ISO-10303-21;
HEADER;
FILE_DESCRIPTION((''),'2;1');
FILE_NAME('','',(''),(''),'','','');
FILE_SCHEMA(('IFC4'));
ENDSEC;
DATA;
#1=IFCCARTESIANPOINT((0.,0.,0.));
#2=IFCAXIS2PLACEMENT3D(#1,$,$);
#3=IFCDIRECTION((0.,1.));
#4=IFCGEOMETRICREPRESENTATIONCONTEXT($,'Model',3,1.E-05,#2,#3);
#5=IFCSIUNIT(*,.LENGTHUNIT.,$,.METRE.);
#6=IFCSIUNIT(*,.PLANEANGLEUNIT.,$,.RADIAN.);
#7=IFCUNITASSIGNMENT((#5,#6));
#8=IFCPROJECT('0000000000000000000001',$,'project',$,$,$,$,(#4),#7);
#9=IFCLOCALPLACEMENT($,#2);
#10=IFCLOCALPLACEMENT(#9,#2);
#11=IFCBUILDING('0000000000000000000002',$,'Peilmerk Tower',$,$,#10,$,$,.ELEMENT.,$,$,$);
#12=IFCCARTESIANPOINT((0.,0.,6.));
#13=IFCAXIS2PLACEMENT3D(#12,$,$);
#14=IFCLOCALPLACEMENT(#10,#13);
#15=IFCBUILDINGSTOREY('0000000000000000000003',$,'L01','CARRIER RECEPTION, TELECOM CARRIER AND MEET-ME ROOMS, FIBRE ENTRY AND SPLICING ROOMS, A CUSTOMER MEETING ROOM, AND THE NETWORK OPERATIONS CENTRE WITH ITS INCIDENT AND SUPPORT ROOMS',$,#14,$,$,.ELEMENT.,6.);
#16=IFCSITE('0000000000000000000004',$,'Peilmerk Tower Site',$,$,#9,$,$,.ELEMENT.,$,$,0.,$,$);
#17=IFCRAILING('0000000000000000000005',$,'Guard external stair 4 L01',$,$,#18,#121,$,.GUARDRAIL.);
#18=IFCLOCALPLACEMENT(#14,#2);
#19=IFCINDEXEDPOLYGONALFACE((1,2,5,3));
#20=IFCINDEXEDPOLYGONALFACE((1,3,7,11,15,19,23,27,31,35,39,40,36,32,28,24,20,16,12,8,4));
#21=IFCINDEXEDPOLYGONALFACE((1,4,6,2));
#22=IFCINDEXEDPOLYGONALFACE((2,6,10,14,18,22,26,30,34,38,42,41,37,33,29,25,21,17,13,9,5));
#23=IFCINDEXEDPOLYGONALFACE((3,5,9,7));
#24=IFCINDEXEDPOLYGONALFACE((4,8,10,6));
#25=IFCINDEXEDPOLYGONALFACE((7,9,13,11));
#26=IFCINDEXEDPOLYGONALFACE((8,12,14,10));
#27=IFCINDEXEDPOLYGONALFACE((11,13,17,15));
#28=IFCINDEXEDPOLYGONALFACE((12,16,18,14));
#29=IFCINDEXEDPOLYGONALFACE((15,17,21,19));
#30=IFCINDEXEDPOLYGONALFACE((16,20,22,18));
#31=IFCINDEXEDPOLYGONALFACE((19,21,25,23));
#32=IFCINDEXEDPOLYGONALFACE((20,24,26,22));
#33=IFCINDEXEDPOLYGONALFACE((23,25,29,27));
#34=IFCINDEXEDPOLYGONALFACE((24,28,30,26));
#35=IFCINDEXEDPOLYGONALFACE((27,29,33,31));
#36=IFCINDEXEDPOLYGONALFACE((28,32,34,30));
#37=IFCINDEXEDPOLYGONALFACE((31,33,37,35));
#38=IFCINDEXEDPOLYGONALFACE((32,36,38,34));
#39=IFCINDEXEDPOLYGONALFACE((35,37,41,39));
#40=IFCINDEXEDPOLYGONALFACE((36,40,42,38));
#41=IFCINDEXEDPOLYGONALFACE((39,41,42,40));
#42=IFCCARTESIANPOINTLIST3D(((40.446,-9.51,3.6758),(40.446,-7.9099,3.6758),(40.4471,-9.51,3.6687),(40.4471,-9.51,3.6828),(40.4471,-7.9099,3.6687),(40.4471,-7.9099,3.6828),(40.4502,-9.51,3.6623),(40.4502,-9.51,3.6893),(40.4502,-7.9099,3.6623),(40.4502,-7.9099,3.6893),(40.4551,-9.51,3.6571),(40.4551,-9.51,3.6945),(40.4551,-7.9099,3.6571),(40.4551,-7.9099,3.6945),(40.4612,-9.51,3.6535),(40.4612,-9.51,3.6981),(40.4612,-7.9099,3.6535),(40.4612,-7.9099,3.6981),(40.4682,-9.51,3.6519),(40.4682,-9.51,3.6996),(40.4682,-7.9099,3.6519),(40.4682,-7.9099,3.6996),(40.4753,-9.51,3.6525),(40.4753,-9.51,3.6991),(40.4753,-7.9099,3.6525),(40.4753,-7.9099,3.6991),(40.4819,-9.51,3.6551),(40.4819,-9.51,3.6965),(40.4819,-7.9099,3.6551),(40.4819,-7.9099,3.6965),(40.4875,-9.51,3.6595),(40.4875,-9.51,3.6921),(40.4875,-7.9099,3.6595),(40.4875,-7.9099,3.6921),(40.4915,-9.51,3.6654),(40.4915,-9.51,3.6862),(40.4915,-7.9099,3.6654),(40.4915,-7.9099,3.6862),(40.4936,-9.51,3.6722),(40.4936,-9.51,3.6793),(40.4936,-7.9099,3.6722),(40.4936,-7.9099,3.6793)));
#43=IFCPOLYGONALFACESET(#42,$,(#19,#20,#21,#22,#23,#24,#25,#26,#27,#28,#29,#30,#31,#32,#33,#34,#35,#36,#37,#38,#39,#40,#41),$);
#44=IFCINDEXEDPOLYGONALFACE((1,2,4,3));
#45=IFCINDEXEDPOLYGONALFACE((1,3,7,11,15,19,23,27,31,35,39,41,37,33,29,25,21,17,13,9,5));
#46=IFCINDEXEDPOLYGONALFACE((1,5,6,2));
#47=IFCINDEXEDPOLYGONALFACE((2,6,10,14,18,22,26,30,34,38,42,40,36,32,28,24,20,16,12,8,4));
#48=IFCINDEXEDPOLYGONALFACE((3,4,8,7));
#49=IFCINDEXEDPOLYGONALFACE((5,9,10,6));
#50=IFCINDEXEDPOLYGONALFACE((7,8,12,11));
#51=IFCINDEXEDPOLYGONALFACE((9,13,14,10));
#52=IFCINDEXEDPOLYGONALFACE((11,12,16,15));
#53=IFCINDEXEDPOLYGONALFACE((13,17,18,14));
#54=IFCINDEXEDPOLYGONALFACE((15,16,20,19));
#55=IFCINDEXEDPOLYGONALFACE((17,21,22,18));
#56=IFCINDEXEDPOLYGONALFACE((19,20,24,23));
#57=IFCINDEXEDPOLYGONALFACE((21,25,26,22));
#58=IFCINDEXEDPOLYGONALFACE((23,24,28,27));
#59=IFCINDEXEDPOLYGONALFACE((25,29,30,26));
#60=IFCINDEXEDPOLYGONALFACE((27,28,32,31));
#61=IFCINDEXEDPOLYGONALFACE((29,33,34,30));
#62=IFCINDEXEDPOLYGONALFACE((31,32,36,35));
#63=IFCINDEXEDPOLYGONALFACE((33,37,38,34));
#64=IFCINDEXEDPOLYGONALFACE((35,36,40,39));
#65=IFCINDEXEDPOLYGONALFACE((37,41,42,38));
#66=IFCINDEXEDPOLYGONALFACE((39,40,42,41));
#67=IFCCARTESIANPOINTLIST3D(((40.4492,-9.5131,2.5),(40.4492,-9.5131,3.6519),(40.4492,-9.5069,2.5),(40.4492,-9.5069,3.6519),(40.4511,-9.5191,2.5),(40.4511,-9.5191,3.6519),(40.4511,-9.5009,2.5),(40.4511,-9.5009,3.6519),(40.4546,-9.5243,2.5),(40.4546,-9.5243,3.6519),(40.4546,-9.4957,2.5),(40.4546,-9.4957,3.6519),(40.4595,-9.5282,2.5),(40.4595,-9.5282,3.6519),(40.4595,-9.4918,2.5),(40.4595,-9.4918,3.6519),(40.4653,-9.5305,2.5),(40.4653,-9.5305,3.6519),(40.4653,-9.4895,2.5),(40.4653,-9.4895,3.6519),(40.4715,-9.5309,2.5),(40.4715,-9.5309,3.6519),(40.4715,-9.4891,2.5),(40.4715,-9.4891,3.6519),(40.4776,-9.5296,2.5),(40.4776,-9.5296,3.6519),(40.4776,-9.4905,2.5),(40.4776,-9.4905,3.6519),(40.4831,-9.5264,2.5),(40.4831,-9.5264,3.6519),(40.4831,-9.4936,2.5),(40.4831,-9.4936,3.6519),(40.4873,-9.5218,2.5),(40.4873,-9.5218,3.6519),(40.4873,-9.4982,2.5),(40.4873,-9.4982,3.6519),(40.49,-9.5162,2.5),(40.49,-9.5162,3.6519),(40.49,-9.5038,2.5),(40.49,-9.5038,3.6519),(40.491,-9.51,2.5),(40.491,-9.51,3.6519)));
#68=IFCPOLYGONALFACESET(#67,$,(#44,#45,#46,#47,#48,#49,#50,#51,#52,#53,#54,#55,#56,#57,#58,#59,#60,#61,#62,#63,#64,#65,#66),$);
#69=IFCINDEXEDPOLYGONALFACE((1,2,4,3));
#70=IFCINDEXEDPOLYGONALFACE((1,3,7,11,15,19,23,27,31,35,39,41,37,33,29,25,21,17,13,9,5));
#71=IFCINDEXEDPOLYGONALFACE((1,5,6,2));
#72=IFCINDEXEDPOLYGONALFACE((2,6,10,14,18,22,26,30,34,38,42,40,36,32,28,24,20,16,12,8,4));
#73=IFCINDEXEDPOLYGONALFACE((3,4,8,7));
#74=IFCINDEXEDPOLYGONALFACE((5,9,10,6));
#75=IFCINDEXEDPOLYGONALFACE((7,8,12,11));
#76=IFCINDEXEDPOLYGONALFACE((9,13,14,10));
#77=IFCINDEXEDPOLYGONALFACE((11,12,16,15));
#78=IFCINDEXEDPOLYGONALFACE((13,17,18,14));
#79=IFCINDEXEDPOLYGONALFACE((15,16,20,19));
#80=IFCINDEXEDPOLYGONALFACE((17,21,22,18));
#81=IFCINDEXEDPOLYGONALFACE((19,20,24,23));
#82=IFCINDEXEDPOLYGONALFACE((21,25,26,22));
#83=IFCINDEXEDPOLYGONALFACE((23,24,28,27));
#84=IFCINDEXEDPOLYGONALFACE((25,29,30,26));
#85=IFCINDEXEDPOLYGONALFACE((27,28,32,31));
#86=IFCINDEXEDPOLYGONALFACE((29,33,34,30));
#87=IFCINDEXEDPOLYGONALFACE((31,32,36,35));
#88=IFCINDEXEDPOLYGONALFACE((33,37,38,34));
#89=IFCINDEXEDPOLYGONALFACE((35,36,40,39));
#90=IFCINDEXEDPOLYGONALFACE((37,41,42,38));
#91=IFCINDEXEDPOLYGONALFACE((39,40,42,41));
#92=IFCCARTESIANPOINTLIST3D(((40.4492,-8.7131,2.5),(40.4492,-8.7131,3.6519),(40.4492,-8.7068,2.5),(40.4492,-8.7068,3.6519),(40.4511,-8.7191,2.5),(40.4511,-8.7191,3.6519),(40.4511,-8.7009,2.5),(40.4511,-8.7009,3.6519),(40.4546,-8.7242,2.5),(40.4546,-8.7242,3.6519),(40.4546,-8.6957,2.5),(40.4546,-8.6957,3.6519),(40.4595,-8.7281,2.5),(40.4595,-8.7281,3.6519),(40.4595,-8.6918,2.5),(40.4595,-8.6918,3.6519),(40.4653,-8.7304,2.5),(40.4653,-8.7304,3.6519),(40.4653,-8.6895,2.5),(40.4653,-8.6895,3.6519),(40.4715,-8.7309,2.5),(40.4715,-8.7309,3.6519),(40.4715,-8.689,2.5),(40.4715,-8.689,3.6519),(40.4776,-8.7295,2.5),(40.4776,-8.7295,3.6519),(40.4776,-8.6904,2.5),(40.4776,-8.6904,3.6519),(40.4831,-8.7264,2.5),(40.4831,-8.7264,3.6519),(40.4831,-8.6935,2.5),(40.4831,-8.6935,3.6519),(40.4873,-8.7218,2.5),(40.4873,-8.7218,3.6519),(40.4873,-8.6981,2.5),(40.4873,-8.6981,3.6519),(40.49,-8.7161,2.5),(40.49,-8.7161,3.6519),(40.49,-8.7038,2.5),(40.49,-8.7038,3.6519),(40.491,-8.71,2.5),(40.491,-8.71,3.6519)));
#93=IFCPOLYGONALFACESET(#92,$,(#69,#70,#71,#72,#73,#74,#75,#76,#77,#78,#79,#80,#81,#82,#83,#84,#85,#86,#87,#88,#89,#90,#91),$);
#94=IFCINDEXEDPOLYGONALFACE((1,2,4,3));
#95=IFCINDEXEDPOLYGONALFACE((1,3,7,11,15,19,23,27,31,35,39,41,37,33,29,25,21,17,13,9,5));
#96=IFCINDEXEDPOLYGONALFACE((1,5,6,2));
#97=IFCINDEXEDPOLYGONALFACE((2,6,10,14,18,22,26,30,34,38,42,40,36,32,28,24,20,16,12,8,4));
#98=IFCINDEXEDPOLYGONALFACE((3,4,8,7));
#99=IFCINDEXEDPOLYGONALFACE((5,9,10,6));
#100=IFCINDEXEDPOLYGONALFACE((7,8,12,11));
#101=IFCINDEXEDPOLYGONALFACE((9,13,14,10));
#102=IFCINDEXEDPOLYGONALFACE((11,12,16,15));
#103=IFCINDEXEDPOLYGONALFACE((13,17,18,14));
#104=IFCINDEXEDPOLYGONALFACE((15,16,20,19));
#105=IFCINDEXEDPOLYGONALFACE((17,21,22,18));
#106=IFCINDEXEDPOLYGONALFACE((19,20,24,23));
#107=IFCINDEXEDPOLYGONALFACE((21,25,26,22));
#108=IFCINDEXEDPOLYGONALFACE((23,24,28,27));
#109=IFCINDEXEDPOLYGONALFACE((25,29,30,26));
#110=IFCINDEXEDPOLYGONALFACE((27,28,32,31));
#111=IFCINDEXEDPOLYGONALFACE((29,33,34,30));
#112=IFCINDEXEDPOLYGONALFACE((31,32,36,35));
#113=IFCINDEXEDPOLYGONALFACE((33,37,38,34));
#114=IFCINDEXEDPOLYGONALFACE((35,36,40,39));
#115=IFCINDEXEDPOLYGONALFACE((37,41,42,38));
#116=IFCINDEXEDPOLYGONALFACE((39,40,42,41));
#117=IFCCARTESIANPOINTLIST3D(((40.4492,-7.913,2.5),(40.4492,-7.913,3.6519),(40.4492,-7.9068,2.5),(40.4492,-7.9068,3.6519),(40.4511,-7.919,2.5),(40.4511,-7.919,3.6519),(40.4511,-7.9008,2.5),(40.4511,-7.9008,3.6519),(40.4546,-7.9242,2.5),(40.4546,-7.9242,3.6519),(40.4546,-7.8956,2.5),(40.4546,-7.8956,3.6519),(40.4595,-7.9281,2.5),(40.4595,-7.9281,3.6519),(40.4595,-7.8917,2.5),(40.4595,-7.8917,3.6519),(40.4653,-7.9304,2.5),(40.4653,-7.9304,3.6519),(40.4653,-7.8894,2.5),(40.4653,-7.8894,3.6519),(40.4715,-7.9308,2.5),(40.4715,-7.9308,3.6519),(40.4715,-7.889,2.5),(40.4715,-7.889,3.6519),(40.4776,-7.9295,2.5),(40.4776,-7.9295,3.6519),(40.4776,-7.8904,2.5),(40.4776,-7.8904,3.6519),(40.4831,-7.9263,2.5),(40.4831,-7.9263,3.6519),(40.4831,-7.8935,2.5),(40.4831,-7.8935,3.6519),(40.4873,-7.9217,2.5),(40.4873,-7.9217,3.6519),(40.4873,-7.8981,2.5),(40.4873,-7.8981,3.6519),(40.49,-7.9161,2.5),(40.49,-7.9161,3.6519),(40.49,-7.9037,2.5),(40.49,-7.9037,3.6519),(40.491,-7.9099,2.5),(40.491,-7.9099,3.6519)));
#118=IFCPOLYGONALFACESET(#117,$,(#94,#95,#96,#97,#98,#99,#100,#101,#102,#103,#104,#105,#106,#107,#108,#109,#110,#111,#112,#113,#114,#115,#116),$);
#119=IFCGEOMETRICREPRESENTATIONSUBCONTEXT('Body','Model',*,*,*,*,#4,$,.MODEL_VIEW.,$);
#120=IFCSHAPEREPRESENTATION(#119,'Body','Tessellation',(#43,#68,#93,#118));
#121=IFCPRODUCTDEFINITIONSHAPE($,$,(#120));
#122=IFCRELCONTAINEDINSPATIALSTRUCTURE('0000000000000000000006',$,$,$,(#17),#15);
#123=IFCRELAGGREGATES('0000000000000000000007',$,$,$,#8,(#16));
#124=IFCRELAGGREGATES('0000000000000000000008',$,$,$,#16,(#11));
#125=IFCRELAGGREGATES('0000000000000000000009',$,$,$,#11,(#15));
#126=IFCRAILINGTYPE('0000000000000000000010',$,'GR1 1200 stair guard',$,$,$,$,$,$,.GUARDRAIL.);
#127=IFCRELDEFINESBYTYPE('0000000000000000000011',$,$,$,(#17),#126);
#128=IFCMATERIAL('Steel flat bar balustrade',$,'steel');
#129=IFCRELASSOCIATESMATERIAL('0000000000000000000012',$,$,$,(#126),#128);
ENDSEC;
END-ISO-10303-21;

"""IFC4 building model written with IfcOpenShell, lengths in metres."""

from ifc_helpers import new_model, si_unit, direction, frame, origin, origin_2d, place, context, subcontext, project, spatial, circle, extrude, material, type_object, element, save


model = new_model("IFC4")

# Units and contexts
model_context = context("Model", 3, precision=1e-05, world=origin(), true_north=direction((0.0, 1.0)))
body_context = subcontext(model_context, "Body", "Model", "MODEL_VIEW")
ifc_project = project(units=[si_unit("LENGTHUNIT", "METRE"), si_unit("PLANEANGLEUNIT", "RADIAN")], contexts=[model_context])

# Site, building, storey
site_placement = place(None, origin())
site = spatial("IfcSite", under=ifc_project, at=site_placement, Name="Peilmerk Tower Site", CompositionType="ELEMENT", RefElevation=0.0)
building_placement = place(site_placement, origin())
building = spatial("IfcBuilding", under=site, at=building_placement, Name="Peilmerk Tower", CompositionType="ELEMENT")
storey_placement = place(building_placement, frame((0.0, 0.0, 6.0)))
storey = spatial("IfcBuildingStorey", under=building, at=storey_placement, Name="L01", Description="CARRIER RECEPTION, TELECOM CARRIER AND MEET-ME ROOMS, FIBRE ENTRY AND SPLICING ROOMS, A CUSTOMER MEETING ROOM, AND THE NETWORK OPERATIONS CENTRE WITH ITS INCIDENT AND SUPPORT ROOMS", CompositionType="ELEMENT", Elevation=6.0)

# Railing
ifc_material_1 = material(Name="Steel flat bar balustrade", Category="steel")
railing_type_1 = type_object("IfcRailingType", Name="GR1 1200 stair guard", PredefinedType="GUARDRAIL", material=ifc_material_1)
railing_1_placement = place(storey_placement, frame((40.47, -9.51, 2.5)))
element("IfcRailing", 1, at=railing_1_placement, inside=storey, type_object=railing_type_1, Name="Guard external stair 4 L01", PredefinedType="GUARDRAIL", context=body_context, shape_type="SweptSolid", body=[
    extrude(circle(Radius=0.0239, at=origin_2d()), frame((0.0, 0.0, 1.1758), z_axis=(0.0, 1.0, 0.0), x_axis=(-1.0, 0.0, 0.0)), (0.0, 0.0, 1.0), 1.6001),
    extrude(circle(Radius=0.021, at=origin_2d()), origin(), (0.0, 0.0, 1.0), 1.1519),
    extrude(circle(Radius=0.021, at=origin_2d()), frame((0.0, 0.8, 0.0)), (0.0, 0.0, 1.0), 1.1519),
    extrude(circle(Radius=0.021, at=origin_2d()), frame((0.0, 1.6001, 0.0)), (0.0, 0.0, 1.0), 1.1519),
])

save(model, "model.ifc")
